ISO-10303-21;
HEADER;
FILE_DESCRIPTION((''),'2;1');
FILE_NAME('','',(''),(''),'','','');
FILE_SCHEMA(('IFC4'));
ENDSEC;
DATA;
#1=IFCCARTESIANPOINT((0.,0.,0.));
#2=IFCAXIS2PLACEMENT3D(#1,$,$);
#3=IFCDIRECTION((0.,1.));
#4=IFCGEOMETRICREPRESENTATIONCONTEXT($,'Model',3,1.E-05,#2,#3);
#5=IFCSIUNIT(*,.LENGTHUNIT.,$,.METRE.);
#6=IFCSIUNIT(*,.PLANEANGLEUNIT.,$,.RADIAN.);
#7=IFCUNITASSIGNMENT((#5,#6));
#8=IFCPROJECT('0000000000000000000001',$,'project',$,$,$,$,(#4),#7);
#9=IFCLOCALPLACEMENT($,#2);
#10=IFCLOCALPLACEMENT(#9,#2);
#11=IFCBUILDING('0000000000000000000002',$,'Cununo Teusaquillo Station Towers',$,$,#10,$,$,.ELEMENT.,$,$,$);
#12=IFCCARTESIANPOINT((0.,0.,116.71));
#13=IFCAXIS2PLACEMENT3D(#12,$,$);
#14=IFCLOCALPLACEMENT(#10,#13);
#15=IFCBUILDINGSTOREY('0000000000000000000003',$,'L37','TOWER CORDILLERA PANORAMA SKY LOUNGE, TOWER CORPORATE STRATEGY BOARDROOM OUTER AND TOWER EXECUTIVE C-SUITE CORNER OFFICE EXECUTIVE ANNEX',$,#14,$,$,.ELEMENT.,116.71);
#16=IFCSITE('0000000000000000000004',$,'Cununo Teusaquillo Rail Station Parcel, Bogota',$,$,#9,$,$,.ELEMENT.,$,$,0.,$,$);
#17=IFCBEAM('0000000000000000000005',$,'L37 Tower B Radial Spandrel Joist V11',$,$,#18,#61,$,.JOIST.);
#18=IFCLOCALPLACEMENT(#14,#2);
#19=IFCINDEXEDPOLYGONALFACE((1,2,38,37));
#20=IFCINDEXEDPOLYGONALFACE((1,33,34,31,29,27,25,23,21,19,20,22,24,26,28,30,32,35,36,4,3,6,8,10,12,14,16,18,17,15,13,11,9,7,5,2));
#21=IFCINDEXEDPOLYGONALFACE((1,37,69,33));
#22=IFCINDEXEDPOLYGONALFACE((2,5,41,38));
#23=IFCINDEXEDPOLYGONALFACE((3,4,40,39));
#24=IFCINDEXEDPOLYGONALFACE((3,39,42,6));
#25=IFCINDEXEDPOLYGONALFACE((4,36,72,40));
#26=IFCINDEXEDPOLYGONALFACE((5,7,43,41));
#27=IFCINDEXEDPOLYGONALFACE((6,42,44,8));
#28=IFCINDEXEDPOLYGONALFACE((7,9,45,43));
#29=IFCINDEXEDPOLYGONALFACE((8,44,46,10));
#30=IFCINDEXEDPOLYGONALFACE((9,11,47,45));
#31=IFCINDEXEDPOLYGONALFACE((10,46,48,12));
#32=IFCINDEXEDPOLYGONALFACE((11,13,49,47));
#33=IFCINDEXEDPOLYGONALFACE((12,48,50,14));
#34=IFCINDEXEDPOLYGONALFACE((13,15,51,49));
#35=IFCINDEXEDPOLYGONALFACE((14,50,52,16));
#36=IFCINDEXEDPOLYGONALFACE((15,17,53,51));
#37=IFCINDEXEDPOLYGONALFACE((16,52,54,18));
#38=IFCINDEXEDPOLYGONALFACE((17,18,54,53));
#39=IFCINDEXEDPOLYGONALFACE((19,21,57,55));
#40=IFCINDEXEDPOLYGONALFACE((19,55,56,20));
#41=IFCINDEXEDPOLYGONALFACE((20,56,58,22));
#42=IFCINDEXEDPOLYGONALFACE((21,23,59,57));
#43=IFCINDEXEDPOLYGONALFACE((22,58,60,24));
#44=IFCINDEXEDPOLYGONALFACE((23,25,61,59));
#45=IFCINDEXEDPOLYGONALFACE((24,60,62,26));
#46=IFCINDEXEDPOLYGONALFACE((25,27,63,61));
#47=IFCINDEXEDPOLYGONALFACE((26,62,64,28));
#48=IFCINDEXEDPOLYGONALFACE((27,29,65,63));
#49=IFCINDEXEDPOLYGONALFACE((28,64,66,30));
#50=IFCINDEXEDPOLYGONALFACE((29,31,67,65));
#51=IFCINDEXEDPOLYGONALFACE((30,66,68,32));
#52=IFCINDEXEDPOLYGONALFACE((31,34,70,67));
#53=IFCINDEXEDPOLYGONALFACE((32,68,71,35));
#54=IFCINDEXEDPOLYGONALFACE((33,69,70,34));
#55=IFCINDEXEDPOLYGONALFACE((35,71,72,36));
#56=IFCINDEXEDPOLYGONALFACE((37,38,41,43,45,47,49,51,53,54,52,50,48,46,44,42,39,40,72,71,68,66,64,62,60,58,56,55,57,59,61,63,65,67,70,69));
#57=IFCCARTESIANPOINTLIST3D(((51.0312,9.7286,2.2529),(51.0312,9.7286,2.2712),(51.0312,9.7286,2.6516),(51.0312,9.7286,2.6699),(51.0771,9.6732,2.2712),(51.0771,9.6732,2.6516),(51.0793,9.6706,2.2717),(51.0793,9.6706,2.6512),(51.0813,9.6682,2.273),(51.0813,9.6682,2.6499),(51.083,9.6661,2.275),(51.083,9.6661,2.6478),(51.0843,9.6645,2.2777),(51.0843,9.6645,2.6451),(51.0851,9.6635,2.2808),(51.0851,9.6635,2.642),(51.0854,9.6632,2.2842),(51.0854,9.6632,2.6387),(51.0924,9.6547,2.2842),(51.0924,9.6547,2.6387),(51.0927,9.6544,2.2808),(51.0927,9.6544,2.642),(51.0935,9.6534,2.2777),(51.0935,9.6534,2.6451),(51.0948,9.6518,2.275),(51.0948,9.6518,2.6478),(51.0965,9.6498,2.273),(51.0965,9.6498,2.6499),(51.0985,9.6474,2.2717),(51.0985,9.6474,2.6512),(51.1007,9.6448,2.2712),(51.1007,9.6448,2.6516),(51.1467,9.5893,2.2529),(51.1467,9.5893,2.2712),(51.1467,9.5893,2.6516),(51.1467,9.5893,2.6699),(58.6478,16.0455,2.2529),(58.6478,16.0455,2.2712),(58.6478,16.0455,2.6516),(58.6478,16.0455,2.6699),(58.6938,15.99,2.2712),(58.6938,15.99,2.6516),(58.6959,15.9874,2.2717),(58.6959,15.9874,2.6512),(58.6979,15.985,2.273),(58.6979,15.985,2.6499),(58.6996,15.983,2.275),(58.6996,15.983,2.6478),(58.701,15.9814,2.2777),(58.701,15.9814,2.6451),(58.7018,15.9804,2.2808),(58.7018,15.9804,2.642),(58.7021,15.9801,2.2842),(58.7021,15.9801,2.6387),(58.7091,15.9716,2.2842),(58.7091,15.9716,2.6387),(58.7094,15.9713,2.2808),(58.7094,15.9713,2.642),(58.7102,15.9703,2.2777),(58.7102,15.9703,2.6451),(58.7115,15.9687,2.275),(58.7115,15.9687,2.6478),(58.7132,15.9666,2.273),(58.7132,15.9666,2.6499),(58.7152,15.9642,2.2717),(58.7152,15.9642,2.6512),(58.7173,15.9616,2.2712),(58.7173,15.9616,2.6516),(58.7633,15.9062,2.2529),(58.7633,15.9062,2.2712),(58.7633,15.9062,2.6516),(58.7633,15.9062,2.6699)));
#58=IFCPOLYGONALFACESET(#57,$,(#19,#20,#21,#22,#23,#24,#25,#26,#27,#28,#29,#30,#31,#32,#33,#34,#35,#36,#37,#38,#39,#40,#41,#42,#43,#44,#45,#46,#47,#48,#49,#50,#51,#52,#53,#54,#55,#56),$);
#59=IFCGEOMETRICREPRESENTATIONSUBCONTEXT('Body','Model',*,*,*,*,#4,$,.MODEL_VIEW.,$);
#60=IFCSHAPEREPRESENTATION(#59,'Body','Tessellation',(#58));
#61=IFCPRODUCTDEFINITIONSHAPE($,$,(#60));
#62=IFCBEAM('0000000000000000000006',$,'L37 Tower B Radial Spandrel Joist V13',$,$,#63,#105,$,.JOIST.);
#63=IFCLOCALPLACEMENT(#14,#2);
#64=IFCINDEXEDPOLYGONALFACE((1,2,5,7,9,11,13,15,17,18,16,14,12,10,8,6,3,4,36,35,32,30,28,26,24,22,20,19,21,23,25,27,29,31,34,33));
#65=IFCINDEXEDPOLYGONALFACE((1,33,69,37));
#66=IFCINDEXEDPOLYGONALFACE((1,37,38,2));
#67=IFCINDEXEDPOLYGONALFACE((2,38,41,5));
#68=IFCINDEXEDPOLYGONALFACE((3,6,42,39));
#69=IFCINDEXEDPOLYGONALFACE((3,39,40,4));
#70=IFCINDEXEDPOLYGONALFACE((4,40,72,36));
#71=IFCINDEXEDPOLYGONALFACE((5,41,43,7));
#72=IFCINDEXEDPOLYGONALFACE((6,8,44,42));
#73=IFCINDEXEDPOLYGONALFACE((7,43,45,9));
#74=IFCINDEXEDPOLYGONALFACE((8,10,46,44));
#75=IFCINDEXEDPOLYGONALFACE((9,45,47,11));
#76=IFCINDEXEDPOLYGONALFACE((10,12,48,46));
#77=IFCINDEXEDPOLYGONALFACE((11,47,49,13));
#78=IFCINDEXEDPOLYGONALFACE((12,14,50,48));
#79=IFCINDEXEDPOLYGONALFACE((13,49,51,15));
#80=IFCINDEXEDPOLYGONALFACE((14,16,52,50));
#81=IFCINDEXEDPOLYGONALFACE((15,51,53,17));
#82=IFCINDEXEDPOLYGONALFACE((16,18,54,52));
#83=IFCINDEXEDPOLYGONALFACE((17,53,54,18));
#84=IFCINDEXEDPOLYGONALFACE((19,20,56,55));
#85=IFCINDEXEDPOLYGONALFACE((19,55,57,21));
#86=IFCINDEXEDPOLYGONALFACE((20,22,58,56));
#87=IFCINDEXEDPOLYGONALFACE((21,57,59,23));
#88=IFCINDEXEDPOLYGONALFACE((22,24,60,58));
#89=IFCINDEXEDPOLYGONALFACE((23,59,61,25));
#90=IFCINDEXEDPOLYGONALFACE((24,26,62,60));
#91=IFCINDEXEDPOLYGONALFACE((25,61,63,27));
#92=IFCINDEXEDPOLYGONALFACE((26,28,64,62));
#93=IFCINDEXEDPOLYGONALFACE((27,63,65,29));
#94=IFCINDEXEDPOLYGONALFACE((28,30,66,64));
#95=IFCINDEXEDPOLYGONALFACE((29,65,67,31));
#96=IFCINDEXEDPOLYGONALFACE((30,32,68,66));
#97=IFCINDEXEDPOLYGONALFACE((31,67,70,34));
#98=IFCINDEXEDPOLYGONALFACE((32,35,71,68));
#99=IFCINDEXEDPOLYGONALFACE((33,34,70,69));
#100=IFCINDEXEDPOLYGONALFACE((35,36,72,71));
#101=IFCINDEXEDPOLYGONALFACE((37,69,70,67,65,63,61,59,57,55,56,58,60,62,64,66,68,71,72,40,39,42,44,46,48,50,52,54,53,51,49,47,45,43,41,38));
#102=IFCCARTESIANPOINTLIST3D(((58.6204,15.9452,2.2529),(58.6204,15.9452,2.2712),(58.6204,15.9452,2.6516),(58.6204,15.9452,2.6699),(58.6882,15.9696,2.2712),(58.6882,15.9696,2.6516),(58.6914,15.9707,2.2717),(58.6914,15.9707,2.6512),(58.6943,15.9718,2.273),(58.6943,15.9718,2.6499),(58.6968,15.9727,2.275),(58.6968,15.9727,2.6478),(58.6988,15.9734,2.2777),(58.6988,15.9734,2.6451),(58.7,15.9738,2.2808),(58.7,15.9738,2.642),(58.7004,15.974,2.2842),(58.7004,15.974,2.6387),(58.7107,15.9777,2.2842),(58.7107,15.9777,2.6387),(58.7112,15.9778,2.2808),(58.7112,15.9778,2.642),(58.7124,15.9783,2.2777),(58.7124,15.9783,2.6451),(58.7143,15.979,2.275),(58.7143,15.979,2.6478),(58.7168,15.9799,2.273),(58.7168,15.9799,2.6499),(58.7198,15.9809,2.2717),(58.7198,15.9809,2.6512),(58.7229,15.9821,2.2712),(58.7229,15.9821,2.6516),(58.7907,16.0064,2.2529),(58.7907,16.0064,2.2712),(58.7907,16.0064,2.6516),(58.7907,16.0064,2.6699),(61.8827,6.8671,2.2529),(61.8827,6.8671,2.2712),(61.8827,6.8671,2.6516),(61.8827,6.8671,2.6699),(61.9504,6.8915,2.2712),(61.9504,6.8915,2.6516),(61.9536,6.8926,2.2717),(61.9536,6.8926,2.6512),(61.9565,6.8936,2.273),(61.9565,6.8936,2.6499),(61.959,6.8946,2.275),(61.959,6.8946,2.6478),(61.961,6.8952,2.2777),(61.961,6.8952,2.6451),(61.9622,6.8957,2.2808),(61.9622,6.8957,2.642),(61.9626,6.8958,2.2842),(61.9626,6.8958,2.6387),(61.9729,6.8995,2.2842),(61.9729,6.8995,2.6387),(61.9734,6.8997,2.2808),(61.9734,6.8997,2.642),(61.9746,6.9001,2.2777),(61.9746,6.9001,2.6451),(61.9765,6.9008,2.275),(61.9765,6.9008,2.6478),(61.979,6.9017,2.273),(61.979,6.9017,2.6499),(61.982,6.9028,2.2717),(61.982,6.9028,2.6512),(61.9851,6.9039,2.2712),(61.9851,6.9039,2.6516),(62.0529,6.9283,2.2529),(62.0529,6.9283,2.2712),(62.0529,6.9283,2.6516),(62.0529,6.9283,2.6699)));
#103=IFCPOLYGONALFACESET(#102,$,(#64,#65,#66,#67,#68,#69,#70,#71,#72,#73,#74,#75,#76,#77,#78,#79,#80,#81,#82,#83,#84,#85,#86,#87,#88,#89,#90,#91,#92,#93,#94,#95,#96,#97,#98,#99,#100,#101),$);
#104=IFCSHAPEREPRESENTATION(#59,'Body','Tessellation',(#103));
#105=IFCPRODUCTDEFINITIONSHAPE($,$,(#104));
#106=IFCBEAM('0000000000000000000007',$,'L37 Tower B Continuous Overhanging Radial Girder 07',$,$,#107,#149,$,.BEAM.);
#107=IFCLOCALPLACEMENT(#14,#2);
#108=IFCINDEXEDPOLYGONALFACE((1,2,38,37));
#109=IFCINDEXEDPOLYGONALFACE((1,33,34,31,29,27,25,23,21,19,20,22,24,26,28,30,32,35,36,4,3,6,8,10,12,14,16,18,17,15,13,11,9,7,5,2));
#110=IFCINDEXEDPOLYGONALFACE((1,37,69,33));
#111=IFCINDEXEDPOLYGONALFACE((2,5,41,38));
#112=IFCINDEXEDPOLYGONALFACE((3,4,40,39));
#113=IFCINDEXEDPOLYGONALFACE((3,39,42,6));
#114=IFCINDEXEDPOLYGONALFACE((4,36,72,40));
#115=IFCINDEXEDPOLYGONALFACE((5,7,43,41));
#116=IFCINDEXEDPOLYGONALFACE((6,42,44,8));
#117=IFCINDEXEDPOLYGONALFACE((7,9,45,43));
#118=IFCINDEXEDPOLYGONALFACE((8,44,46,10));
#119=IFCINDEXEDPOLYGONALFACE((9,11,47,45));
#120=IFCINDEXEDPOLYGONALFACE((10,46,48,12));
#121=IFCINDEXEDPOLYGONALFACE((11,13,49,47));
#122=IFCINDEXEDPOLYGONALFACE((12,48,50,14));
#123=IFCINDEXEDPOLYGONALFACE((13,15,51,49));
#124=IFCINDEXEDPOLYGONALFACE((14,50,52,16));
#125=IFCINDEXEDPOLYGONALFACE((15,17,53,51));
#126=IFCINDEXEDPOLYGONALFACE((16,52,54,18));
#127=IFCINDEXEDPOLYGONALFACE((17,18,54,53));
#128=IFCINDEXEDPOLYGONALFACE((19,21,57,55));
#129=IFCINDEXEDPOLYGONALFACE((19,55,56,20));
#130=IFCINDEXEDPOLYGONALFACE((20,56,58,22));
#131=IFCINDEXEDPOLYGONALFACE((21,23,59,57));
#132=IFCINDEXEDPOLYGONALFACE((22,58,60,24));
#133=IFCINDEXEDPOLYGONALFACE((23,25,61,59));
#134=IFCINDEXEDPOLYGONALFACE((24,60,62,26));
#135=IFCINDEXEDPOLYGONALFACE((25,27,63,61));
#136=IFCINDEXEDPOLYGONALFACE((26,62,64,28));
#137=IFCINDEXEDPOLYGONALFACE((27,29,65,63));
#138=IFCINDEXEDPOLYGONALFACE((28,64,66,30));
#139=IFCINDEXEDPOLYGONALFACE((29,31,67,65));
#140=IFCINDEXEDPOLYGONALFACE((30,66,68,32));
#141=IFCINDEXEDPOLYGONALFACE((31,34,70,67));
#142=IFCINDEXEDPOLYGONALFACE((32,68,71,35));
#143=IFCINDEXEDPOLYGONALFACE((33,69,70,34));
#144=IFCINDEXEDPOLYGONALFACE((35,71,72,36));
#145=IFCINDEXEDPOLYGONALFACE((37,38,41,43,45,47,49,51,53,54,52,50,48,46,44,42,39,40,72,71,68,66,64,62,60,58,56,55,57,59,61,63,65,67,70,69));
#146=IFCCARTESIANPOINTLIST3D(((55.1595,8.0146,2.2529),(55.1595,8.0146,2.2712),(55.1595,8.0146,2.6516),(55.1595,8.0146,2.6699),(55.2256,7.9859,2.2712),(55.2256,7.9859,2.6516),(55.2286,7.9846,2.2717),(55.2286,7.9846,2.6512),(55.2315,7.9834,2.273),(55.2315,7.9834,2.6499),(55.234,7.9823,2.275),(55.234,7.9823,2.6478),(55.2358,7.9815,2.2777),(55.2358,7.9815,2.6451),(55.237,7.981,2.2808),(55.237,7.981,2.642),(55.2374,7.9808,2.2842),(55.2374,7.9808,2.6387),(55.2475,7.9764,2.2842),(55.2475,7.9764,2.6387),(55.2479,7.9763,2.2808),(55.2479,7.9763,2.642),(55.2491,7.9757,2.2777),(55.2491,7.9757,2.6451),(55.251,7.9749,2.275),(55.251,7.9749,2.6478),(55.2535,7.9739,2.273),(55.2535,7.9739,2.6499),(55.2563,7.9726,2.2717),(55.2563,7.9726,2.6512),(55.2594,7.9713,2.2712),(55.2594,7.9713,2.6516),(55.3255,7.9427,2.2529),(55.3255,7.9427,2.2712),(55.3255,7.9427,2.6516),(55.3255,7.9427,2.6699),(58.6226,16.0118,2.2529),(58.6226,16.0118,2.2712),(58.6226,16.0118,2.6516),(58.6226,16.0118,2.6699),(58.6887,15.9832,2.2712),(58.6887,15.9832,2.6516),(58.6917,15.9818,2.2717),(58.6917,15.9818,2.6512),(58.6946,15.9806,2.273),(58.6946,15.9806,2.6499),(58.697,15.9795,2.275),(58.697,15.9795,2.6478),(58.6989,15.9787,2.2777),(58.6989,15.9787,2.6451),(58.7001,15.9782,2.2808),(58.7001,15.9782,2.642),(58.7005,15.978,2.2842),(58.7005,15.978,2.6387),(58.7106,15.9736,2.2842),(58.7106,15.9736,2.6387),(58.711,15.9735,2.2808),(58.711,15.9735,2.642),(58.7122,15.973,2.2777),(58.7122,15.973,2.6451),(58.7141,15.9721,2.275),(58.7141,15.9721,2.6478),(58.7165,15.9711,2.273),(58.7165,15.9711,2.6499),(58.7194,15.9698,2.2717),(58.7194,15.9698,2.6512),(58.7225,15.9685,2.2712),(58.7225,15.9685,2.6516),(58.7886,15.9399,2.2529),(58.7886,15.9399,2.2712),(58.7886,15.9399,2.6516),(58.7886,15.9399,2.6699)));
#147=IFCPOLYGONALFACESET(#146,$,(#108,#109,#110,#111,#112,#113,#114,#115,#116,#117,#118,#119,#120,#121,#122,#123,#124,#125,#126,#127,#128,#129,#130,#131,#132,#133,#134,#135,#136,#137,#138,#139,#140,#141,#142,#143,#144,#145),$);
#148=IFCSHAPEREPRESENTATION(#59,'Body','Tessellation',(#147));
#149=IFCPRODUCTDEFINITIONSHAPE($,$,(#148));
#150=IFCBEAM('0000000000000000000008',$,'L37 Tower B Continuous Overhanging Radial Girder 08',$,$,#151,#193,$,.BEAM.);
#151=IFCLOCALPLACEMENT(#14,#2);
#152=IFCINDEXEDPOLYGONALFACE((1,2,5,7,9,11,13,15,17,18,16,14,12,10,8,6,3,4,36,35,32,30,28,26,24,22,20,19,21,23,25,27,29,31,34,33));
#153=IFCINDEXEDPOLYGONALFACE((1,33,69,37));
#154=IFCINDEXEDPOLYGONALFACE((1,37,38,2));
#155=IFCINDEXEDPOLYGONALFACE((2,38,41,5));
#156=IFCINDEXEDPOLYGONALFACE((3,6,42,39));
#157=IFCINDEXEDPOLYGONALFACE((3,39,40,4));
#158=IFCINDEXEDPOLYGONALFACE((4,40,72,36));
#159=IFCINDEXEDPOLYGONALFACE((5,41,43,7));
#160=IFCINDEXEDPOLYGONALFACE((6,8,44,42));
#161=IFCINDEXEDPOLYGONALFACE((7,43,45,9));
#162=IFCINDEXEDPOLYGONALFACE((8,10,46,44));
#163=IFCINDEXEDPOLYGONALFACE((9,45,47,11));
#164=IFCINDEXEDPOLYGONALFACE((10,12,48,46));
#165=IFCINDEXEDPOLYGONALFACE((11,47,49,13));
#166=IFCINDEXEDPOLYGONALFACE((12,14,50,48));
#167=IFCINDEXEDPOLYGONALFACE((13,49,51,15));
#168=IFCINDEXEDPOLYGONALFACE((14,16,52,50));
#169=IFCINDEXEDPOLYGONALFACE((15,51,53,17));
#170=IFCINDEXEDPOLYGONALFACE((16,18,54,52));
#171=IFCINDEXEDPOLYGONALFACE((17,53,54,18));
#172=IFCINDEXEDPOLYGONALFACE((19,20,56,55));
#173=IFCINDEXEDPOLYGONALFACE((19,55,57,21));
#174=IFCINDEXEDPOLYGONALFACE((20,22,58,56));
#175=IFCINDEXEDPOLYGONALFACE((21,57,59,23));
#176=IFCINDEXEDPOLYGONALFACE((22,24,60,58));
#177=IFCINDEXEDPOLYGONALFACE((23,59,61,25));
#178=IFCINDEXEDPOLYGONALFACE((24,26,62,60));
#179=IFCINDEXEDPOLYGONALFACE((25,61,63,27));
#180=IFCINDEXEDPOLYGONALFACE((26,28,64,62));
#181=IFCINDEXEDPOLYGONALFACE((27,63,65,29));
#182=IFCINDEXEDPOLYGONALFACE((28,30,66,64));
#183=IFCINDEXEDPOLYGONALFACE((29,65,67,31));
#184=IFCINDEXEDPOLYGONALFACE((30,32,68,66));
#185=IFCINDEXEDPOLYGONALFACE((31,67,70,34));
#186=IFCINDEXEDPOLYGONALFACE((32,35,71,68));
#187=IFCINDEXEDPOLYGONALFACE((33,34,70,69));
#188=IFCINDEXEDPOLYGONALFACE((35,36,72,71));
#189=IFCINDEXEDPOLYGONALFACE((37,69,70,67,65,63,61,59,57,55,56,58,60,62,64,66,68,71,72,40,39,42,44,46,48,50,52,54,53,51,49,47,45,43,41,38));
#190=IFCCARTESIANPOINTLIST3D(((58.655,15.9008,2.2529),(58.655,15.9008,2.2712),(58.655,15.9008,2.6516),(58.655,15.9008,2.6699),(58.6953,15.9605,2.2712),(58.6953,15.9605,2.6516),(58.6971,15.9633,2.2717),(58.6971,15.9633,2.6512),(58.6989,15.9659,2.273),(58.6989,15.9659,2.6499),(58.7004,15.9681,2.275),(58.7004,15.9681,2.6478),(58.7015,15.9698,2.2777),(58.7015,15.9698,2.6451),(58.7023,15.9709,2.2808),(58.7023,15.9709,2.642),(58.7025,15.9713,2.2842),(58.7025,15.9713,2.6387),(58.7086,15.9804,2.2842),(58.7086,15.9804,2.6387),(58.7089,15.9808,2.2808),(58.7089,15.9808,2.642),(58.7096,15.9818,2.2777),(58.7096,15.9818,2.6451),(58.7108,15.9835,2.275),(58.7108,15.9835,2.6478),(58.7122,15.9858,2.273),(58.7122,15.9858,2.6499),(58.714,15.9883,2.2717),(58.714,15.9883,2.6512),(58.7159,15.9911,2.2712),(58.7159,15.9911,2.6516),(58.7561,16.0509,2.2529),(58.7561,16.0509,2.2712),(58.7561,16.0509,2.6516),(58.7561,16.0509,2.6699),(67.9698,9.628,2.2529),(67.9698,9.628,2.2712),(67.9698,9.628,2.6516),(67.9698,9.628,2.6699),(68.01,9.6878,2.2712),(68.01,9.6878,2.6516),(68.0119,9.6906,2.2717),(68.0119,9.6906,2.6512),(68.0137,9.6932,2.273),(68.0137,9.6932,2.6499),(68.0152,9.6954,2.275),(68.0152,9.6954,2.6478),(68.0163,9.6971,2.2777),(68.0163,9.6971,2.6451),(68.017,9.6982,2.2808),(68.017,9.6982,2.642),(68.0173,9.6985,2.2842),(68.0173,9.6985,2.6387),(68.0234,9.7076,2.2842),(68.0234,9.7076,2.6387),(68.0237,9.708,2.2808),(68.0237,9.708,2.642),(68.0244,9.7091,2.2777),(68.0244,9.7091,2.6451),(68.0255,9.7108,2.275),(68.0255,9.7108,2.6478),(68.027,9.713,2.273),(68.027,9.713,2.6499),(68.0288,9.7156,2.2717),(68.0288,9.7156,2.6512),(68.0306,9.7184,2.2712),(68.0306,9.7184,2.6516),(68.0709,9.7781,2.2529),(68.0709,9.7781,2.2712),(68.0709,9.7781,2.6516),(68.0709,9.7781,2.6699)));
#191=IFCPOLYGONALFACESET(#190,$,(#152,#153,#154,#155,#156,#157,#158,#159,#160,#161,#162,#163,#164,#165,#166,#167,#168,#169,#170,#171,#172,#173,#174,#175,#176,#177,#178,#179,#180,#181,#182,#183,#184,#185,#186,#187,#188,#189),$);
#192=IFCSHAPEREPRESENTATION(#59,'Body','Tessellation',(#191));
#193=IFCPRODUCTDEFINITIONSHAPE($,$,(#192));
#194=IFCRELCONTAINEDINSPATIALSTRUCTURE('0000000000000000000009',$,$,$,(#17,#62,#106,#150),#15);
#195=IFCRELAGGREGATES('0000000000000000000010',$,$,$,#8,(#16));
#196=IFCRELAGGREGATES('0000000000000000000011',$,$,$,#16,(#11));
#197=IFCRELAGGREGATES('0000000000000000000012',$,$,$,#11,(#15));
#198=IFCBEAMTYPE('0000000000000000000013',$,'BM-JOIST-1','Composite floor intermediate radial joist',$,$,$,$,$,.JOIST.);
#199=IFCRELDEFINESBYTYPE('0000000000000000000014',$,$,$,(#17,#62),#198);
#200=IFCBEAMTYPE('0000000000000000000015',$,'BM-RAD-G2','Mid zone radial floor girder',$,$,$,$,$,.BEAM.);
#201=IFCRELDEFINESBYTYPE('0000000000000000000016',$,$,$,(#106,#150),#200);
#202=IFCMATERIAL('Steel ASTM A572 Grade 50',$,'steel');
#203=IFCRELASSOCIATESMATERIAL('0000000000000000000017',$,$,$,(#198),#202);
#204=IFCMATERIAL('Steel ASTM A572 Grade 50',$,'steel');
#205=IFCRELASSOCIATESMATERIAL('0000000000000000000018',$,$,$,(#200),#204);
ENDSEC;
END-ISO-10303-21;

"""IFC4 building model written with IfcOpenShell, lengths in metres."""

from ifc_helpers import new_model, si_unit, direction, frame, origin, origin_2d, place, context, subcontext, project, spatial, i_section, extrude, material, material_profile, profile_set, type_object, element, save


model = new_model("IFC4")

# Units and contexts
model_context = context("Model", 3, precision=1e-05, world=origin(), true_north=direction((0.0, 1.0)))
body_context = subcontext(model_context, "Body", "Model", "MODEL_VIEW")
ifc_project = project(units=[si_unit("LENGTHUNIT", "METRE"), si_unit("PLANEANGLEUNIT", "RADIAN")], contexts=[model_context])

# Site, building, storey
site_placement = place(None, origin())
site = spatial("IfcSite", under=ifc_project, at=site_placement, Name="Cununo Teusaquillo Rail Station Parcel, Bogota", CompositionType="ELEMENT", RefElevation=0.0)
building_placement = place(site_placement, origin())
building = spatial("IfcBuilding", under=site, at=building_placement, Name="Cununo Teusaquillo Station Towers", CompositionType="ELEMENT")
storey_placement = place(building_placement, frame((0.0, 0.0, 116.71)))
storey = spatial("IfcBuildingStorey", under=building, at=storey_placement, Name="L37", Description="TOWER CORDILLERA PANORAMA SKY LOUNGE, TOWER CORPORATE STRATEGY BOARDROOM OUTER AND TOWER EXECUTIVE C-SUITE CORNER OFFICE EXECUTIVE ANNEX", CompositionType="ELEMENT", Elevation=116.71)

# Beams
ifc_material_1 = material(Name="Steel ASTM A572 Grade 50", Category="steel")
ifc_material_profile_1 = material_profile(ifc_material_1, i_section(OverallWidth=0.1809, OverallDepth=0.417, WebThickness=0.011, FlangeThickness=0.0183, FilletRadius=0.0129, at=origin_2d()), Name="W16X57")
ifc_profile_set_1 = profile_set([ifc_material_profile_1], Name="Steel ASTM A572 Grade 50")
beam_type_1 = type_object("IfcBeamType", Name="BM-JOIST-1", Description="Composite floor intermediate radial joist", PredefinedType="JOIST", material=ifc_profile_set_1)
beam_1_placement = place(storey_placement, frame((58.7056, 15.9758, 2.4614), z_axis=(-0.769728, -0.638372, 0.0), x_axis=(0.638372, -0.769728, 0.0)))
element("IfcBeam", 1, at=beam_1_placement, inside=storey, type_object=beam_type_1, Name="L37 Tower B Radial Spandrel Joist V11", PredefinedType="JOIST", context=body_context, shape_type="SweptSolid", body=[
    extrude(i_section(OverallWidth=0.1809, OverallDepth=0.417, WebThickness=0.011, FlangeThickness=0.0183, FilletRadius=0.0129, at=origin_2d()), origin(), (0.0, 0.0, 1.0), 9.8953),
])
beam_2_placement = place(storey_placement, frame((58.7056, 15.9758, 2.4614), z_axis=(0.338176, -0.941083, 0.0), x_axis=(0.941083, 0.338176, 0.0)))
element("IfcBeam", 2, at=beam_2_placement, inside=storey, type_object=beam_type_1, Name="L37 Tower B Radial Spandrel Joist V13", PredefinedType="JOIST", context=body_context, shape_type="SweptSolid", body=[
    extrude(i_section(OverallWidth=0.1809, OverallDepth=0.417, WebThickness=0.011, FlangeThickness=0.0183, FilletRadius=0.0129, at=origin_2d()), origin(), (0.0, 0.0, 1.0), 9.6465),
])
ifc_material_2 = material(Name="Steel ASTM A572 Grade 50", Category="steel")
ifc_material_profile_2 = material_profile(ifc_material_2, i_section(OverallWidth=0.1809, OverallDepth=0.417, WebThickness=0.011, FlangeThickness=0.0183, FilletRadius=0.0129, at=origin_2d()), Name="W16X57")
ifc_profile_set_2 = profile_set([ifc_material_profile_2], Name="Steel ASTM A572 Grade 50")
beam_type_2 = type_object("IfcBeamType", Name="BM-RAD-G2", Description="Mid zone radial floor girder", PredefinedType="BEAM", material=ifc_profile_set_2)
beam_3_placement = place(storey_placement, frame((58.7056, 15.9758, 2.4614), z_axis=(-0.397379, -0.917655, 0.0), x_axis=(0.917655, -0.397379, 0.0)))
element("IfcBeam", 3, at=beam_3_placement, inside=storey, type_object=beam_type_2, Name="L37 Tower B Continuous Overhanging Radial Girder 07", PredefinedType="BEAM", context=body_context, shape_type="SweptSolid", body=[
    extrude(i_section(OverallWidth=0.1809, OverallDepth=0.417, WebThickness=0.011, FlangeThickness=0.0183, FilletRadius=0.0129, at=origin_2d()), origin(), (0.0, 0.0, 1.0), 8.7148),
])
beam_4_placement = place(storey_placement, frame((58.7056, 15.9758, 2.4614), z_axis=(0.829456, -0.558572, 0.0), x_axis=(0.558572, 0.829456, 0.0)))
element("IfcBeam", 4, at=beam_4_placement, inside=storey, type_object=beam_type_2, Name="L37 Tower B Continuous Overhanging Radial Girder 08", PredefinedType="BEAM", context=body_context, shape_type="SweptSolid", body=[
    extrude(i_section(OverallWidth=0.1809, OverallDepth=0.417, WebThickness=0.011, FlangeThickness=0.0183, FilletRadius=0.0129, at=origin_2d()), origin(), (0.0, 0.0, 1.0), 11.23),
])

save(model, "model.ifc")
